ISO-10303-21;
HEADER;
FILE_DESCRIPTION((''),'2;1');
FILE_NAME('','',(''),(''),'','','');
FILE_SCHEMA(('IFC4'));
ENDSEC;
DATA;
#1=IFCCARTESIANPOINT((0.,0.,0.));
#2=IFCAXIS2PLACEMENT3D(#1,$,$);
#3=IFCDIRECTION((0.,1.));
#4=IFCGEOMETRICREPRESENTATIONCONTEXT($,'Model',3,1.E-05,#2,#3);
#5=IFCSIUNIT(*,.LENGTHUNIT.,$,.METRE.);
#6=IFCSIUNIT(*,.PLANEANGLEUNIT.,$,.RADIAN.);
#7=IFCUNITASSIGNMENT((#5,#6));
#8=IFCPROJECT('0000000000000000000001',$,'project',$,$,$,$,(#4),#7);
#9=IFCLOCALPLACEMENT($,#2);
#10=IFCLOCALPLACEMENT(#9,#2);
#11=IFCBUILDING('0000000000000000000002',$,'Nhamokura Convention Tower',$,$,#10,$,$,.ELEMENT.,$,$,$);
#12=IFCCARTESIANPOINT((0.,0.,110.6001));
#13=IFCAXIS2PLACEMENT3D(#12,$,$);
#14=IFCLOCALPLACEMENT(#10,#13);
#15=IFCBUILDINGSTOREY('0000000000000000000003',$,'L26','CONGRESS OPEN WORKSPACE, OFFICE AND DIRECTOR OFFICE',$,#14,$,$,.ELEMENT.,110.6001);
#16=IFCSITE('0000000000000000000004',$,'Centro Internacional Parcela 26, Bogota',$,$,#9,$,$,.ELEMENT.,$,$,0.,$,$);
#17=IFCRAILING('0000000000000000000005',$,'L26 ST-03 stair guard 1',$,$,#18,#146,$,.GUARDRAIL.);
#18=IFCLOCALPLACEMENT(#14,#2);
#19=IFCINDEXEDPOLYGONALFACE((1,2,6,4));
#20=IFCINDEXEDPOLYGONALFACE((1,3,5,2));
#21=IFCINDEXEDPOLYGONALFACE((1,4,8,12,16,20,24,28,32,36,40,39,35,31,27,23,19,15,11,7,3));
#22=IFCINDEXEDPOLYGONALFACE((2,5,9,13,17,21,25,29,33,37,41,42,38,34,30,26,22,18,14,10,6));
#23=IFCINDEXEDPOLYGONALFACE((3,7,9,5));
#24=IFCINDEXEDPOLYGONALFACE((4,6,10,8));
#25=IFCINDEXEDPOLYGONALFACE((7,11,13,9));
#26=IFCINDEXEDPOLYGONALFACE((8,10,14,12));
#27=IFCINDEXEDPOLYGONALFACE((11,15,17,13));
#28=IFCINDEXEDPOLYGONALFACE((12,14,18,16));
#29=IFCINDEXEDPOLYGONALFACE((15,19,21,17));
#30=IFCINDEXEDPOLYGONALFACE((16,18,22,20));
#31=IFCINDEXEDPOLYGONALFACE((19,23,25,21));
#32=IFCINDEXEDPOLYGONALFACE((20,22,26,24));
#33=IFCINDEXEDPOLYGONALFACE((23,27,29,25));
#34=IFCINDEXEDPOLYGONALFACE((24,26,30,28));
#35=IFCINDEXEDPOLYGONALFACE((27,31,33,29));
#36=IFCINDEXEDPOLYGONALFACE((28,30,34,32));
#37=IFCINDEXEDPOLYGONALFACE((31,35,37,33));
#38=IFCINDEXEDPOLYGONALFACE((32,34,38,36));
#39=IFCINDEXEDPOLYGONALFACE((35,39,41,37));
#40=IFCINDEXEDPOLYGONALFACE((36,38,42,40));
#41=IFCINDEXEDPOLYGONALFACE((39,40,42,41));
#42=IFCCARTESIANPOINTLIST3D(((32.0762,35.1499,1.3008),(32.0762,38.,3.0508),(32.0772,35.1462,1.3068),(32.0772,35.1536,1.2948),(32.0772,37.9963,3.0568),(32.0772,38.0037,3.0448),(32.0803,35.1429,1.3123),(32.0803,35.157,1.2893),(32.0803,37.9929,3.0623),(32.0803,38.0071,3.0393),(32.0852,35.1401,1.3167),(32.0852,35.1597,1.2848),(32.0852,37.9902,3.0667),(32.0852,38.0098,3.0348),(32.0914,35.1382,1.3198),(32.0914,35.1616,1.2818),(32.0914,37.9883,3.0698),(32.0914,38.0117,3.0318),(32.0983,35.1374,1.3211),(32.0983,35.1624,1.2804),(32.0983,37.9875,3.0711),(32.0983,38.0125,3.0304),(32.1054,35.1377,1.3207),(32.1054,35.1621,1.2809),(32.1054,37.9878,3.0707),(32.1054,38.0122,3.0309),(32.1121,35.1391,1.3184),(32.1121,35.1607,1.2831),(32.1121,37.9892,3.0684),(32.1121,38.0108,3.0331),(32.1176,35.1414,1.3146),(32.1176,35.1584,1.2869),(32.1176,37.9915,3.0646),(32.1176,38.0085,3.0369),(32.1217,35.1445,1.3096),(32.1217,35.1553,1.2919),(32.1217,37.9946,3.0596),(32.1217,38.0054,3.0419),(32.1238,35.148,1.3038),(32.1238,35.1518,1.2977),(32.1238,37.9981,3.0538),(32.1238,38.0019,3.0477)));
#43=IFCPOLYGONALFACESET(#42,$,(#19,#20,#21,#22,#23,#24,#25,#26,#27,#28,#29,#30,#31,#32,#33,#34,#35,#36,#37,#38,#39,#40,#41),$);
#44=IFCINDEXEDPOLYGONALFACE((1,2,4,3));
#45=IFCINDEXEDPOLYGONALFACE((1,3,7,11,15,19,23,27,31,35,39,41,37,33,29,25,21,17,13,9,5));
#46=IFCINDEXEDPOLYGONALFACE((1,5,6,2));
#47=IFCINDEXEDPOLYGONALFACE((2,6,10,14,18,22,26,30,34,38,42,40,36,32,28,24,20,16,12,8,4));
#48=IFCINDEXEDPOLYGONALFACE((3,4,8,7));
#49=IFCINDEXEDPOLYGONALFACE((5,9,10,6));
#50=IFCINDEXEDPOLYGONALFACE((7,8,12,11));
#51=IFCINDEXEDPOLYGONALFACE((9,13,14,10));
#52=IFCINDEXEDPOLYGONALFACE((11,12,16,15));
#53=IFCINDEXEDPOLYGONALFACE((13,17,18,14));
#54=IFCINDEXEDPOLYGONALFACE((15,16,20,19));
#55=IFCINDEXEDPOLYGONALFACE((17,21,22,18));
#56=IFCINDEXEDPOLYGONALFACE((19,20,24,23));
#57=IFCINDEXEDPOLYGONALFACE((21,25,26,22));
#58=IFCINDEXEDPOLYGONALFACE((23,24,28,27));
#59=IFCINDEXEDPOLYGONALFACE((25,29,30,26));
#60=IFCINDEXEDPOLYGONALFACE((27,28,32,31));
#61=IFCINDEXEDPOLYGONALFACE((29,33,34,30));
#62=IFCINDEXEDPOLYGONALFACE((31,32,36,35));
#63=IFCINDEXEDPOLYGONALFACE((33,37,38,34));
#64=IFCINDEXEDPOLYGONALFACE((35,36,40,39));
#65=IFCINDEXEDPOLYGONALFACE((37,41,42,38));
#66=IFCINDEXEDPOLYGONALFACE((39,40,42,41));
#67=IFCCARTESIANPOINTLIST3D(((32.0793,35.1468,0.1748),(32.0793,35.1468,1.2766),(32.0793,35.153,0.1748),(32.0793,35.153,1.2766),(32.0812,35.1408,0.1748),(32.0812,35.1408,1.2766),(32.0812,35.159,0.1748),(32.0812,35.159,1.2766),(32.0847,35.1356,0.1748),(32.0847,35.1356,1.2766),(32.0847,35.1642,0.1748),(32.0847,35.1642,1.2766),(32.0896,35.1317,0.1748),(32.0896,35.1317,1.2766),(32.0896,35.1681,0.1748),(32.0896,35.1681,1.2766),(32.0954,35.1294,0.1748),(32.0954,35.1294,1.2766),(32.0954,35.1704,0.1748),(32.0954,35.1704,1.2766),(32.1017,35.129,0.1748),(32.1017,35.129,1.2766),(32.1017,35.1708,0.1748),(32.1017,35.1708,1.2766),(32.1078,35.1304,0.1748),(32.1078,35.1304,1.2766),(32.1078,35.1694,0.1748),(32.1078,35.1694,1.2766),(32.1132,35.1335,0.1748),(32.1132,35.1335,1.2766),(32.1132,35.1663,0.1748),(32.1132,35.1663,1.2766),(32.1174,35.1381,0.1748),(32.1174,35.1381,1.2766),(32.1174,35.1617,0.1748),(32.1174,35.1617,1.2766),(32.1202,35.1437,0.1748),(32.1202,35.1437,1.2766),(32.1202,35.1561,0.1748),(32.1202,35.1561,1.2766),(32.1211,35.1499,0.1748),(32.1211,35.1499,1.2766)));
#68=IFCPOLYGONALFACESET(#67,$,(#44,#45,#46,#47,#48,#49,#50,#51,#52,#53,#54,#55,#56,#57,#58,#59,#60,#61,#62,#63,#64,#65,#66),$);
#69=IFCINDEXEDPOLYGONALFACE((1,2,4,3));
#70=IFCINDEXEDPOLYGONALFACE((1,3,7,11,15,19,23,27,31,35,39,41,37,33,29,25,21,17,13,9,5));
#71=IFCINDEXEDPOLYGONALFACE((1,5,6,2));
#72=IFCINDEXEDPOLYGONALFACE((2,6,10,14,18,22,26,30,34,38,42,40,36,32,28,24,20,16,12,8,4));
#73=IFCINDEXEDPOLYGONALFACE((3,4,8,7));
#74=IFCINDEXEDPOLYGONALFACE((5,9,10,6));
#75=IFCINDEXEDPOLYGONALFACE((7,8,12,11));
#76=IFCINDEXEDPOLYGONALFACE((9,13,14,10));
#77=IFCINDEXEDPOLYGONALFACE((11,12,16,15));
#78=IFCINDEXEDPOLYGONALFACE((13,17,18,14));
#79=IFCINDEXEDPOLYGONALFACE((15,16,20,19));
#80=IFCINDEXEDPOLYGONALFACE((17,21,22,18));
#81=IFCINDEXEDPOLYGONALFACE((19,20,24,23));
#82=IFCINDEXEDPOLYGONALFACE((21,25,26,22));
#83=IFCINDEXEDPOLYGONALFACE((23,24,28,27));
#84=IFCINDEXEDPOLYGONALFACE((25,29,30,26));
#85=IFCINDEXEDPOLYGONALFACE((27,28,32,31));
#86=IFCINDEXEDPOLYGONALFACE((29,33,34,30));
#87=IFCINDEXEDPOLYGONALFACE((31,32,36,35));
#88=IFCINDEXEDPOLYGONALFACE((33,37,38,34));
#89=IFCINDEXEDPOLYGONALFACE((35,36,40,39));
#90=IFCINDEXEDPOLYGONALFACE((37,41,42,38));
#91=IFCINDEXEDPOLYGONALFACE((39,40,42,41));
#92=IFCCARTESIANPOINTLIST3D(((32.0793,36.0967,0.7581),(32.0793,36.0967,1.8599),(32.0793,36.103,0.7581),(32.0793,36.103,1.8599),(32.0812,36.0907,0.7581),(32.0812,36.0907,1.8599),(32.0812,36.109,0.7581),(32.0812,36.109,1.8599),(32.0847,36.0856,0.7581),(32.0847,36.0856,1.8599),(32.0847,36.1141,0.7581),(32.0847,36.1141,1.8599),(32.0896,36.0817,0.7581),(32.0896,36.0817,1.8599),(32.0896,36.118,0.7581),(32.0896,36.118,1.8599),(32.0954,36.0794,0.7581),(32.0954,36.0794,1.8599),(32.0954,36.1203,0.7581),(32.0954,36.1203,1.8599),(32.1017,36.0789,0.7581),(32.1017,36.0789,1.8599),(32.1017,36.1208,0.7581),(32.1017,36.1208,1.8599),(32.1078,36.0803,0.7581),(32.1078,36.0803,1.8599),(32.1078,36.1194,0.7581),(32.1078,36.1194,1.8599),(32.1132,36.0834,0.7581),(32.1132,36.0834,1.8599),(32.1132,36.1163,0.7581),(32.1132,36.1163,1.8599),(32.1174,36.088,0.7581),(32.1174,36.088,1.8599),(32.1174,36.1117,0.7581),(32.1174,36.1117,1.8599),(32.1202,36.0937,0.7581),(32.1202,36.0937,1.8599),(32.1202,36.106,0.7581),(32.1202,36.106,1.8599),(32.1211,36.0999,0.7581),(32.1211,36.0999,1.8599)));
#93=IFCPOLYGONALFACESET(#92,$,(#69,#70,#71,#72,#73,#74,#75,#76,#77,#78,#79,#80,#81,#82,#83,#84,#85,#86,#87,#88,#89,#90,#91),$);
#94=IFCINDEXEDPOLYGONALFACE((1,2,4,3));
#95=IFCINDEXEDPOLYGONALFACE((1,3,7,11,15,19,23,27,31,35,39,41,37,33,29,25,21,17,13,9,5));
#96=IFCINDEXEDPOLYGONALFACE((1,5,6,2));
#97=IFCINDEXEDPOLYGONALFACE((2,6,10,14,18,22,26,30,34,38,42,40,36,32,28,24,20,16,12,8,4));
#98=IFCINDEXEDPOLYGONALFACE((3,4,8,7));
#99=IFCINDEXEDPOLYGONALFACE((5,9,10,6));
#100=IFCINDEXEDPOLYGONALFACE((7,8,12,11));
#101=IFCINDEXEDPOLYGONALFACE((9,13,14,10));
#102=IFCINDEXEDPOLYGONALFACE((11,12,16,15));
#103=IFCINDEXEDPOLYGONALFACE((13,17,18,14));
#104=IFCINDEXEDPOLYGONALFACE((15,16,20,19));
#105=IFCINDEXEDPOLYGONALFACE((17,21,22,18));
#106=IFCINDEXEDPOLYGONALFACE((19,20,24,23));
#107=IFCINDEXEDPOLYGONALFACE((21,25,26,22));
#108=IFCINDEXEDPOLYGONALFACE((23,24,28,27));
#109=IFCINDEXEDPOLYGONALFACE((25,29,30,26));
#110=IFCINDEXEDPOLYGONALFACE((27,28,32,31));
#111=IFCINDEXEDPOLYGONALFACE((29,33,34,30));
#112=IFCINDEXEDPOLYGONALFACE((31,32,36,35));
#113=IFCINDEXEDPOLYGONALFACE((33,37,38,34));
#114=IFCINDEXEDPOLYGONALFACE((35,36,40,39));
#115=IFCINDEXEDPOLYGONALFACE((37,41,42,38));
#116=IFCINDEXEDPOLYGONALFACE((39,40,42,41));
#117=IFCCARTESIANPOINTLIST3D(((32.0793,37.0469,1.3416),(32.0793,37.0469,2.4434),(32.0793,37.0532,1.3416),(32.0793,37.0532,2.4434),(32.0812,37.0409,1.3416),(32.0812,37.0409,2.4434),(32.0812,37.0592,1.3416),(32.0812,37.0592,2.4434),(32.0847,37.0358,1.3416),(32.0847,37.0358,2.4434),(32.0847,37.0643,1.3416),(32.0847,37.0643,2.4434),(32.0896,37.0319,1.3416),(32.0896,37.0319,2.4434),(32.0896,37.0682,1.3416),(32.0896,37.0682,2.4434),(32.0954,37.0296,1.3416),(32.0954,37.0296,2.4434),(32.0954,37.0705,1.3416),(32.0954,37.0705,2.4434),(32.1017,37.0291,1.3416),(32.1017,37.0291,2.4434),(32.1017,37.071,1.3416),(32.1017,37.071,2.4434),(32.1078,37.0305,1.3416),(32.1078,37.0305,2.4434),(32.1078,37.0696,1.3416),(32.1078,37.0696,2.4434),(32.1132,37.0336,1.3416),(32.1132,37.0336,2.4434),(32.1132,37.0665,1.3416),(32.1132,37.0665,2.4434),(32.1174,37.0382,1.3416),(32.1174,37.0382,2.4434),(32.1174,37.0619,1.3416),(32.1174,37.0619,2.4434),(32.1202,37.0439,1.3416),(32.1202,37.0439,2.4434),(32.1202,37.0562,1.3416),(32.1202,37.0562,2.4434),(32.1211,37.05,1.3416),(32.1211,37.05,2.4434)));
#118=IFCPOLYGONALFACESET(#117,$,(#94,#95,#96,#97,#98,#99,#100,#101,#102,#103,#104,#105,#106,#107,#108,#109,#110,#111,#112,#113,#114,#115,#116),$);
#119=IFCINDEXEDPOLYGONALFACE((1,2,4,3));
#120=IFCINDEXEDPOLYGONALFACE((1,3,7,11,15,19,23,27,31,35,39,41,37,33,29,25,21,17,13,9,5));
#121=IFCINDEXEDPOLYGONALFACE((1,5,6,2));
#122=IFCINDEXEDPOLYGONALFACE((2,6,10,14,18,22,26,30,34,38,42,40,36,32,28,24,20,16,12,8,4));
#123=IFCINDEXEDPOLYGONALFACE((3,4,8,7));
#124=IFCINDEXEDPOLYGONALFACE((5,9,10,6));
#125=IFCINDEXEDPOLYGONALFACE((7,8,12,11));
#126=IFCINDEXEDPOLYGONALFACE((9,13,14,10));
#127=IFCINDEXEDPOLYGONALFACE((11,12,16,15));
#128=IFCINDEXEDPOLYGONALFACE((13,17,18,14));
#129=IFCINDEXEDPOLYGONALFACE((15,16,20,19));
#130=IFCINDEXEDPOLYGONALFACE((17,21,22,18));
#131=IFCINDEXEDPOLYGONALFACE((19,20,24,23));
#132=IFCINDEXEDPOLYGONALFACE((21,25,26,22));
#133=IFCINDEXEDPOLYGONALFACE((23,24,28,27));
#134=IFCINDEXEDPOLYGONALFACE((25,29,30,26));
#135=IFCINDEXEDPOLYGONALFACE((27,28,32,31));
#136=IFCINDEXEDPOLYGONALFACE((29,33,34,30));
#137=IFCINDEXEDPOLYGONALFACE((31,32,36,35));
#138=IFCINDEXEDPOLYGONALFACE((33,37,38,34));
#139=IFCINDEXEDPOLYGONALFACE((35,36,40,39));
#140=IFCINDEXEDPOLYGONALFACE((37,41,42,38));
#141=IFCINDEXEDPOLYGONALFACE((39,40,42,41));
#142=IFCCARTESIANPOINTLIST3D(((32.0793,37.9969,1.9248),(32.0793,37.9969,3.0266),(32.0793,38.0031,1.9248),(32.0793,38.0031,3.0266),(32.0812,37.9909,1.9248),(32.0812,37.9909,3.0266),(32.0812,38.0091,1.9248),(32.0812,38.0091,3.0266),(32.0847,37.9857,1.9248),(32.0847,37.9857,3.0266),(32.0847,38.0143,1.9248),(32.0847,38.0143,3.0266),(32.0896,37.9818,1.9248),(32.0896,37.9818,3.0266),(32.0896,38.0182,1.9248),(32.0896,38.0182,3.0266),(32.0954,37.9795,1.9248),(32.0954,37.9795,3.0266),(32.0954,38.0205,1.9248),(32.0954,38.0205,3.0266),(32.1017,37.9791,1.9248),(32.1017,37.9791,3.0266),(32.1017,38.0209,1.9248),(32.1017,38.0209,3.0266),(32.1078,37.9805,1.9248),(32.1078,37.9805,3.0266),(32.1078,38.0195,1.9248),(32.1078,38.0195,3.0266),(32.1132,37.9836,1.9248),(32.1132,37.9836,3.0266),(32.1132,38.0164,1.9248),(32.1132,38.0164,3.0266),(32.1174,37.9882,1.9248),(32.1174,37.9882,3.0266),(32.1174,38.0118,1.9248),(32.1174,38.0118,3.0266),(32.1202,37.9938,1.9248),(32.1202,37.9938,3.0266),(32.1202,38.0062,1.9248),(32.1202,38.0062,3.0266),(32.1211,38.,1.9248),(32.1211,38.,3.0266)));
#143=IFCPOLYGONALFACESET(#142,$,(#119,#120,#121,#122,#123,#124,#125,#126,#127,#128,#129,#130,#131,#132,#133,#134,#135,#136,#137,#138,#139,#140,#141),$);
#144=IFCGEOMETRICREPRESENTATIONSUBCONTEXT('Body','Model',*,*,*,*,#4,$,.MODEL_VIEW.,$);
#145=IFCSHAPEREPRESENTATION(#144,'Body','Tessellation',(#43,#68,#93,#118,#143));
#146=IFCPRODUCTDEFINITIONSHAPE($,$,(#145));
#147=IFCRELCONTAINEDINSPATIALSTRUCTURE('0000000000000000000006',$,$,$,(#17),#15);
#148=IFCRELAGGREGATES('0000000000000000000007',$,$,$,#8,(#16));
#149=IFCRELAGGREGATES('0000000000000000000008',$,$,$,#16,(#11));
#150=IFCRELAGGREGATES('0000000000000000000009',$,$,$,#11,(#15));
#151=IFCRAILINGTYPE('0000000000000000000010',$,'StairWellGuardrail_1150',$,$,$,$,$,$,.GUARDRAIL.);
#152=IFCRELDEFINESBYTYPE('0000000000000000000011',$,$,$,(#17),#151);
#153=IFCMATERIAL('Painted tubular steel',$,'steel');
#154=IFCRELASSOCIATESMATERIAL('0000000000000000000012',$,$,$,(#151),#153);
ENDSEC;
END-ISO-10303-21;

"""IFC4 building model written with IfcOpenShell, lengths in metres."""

from ifc_helpers import new_model, si_unit, direction, frame, origin, origin_2d, place, context, subcontext, project, spatial, circle, extrude, material, type_object, element, save


model = new_model("IFC4")

# Units and contexts
model_context = context("Model", 3, precision=1e-05, world=origin(), true_north=direction((0.0, 1.0)))
body_context = subcontext(model_context, "Body", "Model", "MODEL_VIEW")
ifc_project = project(units=[si_unit("LENGTHUNIT", "METRE"), si_unit("PLANEANGLEUNIT", "RADIAN")], contexts=[model_context])

# Site, building, storey
site_placement = place(None, origin())
site = spatial("IfcSite", under=ifc_project, at=site_placement, Name="Centro Internacional Parcela 26, Bogota", CompositionType="ELEMENT", RefElevation=0.0)
building_placement = place(site_placement, origin())
building = spatial("IfcBuilding", under=site, at=building_placement, Name="Nhamokura Convention Tower", CompositionType="ELEMENT")
storey_placement = place(building_placement, frame((0.0, 0.0, 110.6001)))
storey = spatial("IfcBuildingStorey", under=building, at=storey_placement, Name="L26", Description="CONGRESS OPEN WORKSPACE, OFFICE AND DIRECTOR OFFICE", CompositionType="ELEMENT", Elevation=110.6001)

# Railing
ifc_material_1 = material(Name="Painted tubular steel", Category="steel")
railing_type_1 = type_object("IfcRailingType", Name="StairWellGuardrail_1150", PredefinedType="GUARDRAIL", material=ifc_material_1)
railing_1_placement = place(storey_placement, frame((32.1001, 35.1499, 0.1748)))
element("IfcRailing", 1, at=railing_1_placement, inside=storey, type_object=railing_type_1, Name="L26 ST-03 stair guard 1", PredefinedType="GUARDRAIL", context=body_context, shape_type="SweptSolid", body=[
    extrude(circle(Radius=0.0239, at=origin_2d()), frame((0.0, 0.0, 1.126), z_axis=(0.0, 0.852179, 0.52325), x_axis=(-1.0, 0.0, 0.0)), (0.0, 0.0, 1.0), 3.3445),
    extrude(circle(Radius=0.021, at=origin_2d()), origin(), (0.0, 0.0, 1.0), 1.1018),
    extrude(circle(Radius=0.021, at=origin_2d()), frame((0.0, 0.95, 0.5833)), (0.0, 0.0, 1.0), 1.1018),
    extrude(circle(Radius=0.021, at=origin_2d()), frame((0.0, 1.9001, 1.1667)), (0.0, 0.0, 1.0), 1.1018),
    extrude(circle(Radius=0.021, at=origin_2d()), frame((0.0, 2.8501, 1.75)), (0.0, 0.0, 1.0), 1.1018),
])

save(model, "model.ifc")
